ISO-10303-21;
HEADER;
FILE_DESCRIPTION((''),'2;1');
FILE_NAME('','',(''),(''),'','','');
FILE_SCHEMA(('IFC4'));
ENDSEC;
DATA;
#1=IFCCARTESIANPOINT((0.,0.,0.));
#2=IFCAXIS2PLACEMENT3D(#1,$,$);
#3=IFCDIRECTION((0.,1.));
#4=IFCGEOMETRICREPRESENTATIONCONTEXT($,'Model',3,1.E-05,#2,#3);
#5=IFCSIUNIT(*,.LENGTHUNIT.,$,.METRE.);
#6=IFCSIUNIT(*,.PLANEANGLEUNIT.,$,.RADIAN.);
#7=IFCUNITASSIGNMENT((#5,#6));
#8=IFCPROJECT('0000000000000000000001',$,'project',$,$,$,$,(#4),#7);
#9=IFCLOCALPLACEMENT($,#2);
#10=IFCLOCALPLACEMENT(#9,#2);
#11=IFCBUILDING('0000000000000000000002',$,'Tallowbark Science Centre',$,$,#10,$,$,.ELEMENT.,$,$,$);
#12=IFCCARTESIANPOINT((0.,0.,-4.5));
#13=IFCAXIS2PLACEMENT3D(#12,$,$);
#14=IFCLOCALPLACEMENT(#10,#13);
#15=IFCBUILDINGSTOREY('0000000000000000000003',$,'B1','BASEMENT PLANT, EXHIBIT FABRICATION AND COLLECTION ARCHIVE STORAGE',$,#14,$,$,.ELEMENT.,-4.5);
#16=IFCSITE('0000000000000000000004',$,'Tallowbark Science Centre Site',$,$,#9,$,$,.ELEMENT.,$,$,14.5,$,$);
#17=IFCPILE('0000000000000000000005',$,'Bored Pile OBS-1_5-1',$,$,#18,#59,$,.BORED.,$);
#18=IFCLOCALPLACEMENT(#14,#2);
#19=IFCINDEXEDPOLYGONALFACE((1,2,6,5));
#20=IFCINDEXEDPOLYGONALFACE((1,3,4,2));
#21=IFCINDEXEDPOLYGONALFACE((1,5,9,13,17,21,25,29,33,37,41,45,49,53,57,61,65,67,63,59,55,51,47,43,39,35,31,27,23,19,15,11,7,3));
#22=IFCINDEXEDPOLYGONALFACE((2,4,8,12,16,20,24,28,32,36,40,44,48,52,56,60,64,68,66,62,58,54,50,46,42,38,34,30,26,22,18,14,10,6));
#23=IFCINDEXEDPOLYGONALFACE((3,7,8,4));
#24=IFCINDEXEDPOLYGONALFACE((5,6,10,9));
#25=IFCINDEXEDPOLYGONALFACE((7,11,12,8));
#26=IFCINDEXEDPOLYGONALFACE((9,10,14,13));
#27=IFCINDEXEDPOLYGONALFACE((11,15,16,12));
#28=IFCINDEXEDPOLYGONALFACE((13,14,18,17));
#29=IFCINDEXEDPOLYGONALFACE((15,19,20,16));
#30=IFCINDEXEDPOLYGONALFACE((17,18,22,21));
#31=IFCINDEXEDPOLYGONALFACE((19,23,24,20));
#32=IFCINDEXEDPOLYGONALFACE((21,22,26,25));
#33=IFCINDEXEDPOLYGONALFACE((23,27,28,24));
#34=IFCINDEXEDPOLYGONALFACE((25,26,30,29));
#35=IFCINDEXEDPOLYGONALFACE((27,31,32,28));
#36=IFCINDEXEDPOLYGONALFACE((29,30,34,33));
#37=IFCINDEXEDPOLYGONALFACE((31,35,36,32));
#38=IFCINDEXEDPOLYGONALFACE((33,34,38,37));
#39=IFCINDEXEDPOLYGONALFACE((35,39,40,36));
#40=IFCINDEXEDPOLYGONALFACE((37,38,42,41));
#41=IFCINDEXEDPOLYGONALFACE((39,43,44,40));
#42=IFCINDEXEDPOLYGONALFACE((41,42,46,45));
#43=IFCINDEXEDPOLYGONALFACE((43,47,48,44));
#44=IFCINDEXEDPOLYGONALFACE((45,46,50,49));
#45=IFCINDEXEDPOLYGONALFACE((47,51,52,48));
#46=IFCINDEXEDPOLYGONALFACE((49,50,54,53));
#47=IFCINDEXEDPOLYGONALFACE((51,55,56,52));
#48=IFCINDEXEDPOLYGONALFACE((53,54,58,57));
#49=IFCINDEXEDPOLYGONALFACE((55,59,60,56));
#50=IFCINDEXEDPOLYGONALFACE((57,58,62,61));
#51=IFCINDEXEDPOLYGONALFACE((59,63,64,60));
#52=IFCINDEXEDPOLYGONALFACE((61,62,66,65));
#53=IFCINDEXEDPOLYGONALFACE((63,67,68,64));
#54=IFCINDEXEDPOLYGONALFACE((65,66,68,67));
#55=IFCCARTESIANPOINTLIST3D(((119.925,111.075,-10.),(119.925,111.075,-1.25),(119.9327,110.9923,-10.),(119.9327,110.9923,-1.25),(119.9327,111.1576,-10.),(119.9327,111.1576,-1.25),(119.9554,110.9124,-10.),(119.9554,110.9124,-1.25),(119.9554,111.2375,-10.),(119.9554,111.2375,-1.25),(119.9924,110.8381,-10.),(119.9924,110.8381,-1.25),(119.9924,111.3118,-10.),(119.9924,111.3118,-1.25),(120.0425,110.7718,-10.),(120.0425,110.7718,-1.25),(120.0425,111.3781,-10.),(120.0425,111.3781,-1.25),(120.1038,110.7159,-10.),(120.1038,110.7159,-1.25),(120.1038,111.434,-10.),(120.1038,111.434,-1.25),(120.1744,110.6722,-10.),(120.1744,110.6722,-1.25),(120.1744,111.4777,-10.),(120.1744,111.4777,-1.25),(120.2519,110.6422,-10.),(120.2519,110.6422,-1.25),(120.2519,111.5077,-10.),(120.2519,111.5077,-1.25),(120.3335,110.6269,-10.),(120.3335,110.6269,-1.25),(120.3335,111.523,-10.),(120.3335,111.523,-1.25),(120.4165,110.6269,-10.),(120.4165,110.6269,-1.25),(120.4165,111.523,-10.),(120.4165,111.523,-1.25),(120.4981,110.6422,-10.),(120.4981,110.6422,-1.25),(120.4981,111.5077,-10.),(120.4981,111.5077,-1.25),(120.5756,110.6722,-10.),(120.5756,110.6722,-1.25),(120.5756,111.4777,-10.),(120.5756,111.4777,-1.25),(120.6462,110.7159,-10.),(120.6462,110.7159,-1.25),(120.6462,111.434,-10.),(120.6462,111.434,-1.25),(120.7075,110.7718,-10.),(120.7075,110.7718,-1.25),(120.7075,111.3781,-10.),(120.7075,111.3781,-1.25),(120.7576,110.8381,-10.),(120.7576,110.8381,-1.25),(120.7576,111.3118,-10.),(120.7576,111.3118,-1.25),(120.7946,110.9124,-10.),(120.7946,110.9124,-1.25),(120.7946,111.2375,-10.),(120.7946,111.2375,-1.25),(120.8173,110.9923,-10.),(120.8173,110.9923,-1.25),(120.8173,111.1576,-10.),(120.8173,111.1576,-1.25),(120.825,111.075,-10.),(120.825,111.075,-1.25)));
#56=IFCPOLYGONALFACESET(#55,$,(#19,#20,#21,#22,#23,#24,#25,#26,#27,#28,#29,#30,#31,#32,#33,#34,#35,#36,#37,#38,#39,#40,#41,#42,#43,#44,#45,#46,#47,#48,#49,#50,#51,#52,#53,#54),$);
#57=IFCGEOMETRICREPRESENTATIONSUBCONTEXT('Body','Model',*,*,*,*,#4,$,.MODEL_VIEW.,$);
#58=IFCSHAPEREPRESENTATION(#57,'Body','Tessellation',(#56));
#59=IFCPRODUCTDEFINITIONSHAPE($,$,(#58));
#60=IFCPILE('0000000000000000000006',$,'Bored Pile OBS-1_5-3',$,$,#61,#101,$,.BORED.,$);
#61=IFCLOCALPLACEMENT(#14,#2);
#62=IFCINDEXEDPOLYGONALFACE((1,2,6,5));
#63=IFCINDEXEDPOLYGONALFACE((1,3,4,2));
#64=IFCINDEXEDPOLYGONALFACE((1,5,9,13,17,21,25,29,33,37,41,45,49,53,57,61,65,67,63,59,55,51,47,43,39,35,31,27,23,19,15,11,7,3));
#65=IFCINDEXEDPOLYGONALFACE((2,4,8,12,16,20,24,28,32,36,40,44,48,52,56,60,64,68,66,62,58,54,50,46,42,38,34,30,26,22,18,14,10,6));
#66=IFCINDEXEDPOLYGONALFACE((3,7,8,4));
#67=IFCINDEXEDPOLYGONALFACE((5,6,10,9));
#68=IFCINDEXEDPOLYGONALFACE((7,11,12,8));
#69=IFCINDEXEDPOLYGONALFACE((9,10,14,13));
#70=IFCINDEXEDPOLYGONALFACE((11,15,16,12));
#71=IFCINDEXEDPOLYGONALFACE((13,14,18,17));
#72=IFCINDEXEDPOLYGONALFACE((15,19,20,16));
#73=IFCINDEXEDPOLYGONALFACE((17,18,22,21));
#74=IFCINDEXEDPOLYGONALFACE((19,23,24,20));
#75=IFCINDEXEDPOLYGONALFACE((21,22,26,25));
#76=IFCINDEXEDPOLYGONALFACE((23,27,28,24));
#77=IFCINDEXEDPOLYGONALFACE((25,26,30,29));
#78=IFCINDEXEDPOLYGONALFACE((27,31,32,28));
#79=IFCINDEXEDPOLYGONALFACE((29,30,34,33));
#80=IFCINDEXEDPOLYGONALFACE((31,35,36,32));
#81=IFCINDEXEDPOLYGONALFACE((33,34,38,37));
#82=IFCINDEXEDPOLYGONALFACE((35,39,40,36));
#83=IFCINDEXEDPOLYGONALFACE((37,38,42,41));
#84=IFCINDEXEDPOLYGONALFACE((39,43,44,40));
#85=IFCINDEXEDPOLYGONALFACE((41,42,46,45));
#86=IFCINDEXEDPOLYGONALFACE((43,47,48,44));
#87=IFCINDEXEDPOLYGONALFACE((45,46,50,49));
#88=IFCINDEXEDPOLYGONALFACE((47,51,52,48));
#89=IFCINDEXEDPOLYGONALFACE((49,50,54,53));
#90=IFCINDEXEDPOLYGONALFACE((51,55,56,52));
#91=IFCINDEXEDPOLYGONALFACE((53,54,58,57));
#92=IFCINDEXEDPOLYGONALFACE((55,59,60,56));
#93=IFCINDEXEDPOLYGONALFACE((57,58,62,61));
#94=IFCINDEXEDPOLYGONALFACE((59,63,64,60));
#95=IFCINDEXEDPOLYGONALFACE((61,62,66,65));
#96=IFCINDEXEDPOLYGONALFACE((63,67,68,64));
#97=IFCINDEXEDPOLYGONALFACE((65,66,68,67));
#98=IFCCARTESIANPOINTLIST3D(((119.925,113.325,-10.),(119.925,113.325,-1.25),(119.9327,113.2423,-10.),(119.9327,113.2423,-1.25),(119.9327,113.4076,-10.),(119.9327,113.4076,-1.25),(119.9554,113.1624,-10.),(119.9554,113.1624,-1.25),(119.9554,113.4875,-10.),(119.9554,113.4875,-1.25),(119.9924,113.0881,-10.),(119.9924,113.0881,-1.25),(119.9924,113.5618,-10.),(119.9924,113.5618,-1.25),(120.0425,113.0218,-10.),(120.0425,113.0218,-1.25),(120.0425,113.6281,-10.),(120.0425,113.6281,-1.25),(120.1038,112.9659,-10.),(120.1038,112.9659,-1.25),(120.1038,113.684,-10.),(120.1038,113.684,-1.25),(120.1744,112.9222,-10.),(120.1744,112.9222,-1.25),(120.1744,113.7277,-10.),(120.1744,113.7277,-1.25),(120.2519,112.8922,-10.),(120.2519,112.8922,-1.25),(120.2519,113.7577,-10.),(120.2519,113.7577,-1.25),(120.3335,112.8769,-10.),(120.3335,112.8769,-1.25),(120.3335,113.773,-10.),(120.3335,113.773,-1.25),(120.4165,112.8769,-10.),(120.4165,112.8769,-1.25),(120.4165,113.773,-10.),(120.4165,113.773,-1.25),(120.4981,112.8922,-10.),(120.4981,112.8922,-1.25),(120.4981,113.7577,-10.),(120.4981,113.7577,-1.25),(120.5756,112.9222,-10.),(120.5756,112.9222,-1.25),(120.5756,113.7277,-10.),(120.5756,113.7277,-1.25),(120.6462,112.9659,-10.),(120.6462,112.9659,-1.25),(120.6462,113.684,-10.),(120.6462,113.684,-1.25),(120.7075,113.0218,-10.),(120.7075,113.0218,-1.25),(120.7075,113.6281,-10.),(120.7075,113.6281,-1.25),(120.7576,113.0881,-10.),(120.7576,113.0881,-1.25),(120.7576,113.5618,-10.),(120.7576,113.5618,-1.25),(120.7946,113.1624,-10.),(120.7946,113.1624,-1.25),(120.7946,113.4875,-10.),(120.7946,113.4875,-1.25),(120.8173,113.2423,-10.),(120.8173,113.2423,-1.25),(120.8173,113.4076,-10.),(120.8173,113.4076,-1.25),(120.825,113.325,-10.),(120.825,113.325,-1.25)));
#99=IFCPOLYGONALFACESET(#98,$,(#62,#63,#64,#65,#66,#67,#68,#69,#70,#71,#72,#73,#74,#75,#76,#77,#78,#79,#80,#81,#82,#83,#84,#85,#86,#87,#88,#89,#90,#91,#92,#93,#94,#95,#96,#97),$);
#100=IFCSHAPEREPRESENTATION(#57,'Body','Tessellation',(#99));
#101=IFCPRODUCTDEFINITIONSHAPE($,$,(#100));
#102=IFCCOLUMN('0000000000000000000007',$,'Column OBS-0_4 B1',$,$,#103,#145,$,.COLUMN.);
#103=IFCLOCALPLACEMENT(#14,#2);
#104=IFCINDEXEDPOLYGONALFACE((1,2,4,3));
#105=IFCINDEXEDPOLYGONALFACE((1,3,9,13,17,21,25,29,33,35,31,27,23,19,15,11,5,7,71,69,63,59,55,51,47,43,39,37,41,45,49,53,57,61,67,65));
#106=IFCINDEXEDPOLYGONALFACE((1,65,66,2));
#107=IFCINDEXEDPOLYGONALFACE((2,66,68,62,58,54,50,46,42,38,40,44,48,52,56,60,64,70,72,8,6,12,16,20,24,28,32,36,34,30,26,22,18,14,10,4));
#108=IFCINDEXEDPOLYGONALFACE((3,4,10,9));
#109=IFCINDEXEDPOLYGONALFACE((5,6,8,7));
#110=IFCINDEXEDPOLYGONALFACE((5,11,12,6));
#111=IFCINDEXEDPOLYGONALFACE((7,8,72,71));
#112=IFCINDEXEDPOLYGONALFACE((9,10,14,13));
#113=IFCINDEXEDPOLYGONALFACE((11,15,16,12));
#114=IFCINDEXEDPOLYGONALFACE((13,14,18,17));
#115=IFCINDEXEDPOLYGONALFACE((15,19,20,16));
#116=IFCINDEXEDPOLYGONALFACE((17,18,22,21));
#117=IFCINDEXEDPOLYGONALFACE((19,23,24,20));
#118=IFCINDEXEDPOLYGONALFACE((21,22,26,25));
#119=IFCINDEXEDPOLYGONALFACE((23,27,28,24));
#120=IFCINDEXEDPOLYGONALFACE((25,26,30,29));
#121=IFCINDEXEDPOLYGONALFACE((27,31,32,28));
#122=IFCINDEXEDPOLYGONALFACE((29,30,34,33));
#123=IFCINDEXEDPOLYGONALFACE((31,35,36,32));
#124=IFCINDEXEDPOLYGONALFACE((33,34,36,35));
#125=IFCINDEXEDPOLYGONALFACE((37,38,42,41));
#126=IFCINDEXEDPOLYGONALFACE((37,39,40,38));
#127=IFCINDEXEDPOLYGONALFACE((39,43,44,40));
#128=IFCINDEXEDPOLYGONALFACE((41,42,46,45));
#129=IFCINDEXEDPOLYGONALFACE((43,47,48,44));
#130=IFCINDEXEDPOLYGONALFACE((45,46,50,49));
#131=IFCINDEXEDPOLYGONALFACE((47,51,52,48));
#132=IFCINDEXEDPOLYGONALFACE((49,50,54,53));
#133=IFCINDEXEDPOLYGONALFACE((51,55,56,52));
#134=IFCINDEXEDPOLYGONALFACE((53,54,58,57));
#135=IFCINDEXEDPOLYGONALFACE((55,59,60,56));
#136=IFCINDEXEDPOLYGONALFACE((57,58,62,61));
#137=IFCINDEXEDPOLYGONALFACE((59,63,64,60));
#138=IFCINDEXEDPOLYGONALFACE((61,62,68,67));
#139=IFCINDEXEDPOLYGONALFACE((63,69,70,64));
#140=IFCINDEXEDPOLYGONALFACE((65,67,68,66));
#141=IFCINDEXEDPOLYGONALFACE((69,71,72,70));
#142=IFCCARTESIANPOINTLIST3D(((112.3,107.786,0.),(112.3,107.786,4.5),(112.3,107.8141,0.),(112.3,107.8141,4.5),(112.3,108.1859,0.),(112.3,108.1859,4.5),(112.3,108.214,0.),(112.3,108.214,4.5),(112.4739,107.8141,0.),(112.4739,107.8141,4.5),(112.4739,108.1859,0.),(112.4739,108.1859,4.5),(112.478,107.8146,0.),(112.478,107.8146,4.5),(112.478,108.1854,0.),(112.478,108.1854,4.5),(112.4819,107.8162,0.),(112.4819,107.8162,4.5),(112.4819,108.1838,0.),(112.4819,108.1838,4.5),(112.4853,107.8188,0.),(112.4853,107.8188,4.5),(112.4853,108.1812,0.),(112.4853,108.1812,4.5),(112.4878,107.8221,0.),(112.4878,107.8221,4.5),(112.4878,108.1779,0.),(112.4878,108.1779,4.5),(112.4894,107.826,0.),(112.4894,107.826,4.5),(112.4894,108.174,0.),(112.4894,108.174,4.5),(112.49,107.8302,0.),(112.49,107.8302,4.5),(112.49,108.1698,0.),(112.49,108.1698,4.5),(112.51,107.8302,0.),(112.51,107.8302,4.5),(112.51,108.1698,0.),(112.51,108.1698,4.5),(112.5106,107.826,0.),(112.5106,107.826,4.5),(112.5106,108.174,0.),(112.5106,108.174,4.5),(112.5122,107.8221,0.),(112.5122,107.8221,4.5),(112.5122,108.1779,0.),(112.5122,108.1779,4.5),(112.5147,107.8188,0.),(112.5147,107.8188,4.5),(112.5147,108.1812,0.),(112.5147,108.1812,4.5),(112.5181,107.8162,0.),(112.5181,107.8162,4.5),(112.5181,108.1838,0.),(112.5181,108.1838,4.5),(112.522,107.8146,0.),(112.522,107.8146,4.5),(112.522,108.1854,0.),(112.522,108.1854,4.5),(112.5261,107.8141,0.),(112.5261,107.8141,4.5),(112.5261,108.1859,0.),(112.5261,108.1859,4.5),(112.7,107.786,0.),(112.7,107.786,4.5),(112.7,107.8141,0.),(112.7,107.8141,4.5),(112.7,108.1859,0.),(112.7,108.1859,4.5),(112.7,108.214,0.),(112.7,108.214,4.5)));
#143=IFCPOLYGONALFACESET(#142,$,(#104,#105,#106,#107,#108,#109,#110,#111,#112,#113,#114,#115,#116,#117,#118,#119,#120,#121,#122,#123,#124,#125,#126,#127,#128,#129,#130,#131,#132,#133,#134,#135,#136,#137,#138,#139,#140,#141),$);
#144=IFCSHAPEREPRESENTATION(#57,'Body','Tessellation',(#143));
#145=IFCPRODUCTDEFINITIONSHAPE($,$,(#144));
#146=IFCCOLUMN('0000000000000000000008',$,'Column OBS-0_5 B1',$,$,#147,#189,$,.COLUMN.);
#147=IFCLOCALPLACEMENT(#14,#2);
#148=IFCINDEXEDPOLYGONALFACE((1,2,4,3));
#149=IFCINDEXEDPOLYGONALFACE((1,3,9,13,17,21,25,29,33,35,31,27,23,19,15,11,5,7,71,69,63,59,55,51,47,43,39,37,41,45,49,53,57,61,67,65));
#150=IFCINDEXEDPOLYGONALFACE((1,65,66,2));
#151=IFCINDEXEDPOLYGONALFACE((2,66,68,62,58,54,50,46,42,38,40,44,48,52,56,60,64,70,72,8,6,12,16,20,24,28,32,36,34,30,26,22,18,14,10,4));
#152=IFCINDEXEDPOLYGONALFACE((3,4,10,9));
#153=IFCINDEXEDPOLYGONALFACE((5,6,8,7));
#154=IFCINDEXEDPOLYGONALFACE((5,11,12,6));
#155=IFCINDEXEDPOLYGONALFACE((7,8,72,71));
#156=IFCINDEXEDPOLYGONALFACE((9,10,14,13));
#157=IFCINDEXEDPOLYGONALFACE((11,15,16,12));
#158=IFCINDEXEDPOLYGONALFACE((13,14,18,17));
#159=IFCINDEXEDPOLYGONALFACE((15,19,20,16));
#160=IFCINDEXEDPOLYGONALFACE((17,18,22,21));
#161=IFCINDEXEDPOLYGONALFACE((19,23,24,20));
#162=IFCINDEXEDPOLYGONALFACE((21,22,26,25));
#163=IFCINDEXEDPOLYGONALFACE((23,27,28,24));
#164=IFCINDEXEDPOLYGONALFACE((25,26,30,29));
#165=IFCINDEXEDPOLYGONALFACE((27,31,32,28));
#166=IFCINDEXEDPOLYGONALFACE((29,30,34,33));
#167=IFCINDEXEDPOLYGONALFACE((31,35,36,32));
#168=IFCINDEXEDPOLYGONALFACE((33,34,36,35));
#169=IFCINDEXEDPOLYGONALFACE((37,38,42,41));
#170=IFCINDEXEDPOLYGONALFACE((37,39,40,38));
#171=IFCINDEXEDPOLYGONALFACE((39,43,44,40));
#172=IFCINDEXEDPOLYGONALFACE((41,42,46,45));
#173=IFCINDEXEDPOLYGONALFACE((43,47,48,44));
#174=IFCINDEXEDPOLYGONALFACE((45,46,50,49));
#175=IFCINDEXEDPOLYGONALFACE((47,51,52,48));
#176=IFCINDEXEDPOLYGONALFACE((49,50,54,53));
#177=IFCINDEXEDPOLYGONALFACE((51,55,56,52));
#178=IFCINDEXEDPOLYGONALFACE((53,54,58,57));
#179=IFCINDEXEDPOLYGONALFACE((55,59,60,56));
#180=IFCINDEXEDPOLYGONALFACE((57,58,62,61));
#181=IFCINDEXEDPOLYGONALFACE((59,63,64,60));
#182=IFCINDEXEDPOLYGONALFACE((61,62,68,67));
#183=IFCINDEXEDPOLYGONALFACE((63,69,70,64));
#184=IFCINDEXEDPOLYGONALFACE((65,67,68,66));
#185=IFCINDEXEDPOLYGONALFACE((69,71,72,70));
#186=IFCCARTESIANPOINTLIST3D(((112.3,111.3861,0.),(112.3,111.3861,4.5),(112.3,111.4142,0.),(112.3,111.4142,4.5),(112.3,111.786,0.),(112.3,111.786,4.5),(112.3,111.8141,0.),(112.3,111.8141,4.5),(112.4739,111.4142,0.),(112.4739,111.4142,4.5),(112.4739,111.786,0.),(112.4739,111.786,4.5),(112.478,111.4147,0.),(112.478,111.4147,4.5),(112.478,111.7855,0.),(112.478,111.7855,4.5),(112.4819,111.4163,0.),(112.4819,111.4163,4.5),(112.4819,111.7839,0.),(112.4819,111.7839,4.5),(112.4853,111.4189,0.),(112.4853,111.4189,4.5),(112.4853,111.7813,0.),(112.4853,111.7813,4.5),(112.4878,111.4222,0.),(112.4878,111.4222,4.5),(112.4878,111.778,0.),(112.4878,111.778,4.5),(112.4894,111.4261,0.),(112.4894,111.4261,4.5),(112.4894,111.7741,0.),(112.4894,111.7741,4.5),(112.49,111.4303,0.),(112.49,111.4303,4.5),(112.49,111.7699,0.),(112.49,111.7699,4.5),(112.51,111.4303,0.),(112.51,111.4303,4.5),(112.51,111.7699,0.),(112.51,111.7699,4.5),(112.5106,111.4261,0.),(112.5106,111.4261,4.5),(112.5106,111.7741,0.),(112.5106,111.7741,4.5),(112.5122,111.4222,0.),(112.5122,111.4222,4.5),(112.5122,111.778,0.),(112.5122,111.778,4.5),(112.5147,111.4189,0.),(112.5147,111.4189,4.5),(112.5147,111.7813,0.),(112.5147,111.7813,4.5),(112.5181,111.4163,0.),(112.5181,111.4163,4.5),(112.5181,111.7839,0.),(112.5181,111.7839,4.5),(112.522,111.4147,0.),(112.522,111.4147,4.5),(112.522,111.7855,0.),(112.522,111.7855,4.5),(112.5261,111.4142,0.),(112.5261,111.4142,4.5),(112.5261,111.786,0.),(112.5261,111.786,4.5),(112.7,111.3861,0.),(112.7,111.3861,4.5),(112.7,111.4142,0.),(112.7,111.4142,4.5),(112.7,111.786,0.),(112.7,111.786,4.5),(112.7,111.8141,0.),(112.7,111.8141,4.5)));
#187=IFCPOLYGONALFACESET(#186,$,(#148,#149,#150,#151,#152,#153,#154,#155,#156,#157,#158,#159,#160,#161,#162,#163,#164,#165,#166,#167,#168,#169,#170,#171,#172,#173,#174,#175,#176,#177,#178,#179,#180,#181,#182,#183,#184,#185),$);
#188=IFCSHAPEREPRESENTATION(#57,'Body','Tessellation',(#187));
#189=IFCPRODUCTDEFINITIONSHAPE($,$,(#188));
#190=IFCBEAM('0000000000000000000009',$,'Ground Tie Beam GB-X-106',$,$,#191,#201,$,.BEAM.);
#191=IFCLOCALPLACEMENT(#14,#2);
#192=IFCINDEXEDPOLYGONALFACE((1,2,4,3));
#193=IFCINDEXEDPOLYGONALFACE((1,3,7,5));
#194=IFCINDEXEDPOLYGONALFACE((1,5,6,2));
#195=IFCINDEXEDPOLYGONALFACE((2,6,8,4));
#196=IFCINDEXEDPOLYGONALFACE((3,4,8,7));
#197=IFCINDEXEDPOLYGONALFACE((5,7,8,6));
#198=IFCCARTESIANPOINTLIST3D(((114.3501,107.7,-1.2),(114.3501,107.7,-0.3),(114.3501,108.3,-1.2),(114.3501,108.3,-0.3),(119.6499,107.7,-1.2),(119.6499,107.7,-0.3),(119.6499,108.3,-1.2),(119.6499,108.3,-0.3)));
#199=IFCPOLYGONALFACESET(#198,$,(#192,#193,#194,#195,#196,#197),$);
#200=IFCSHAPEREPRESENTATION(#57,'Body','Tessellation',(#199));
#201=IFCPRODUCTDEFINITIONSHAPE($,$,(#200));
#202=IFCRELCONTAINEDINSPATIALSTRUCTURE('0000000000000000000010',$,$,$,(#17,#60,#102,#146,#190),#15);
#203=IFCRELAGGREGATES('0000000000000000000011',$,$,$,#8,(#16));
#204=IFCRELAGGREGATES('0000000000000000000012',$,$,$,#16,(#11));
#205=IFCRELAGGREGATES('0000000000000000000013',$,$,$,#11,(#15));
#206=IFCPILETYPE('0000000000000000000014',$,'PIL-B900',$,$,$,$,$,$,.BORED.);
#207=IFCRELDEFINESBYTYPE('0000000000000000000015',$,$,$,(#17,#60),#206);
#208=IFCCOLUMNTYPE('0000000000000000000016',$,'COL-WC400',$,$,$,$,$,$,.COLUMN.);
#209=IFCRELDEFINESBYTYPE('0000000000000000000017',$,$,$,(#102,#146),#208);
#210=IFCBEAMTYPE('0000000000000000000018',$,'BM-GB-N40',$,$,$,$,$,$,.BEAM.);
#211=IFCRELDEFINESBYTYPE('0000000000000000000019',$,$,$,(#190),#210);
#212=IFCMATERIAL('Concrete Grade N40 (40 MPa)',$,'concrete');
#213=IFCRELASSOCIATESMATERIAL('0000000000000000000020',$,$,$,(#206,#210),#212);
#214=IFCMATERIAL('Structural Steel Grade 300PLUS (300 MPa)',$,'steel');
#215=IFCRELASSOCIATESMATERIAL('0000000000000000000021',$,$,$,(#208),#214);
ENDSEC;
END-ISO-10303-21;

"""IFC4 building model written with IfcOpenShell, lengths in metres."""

from ifc_helpers import new_model, si_unit, direction, frame, origin, origin_2d, place, context, subcontext, project, spatial, rectangle, circle, i_section, extrude, material, material_profile, profile_set, type_object, element, save


model = new_model("IFC4")

# Units and contexts
model_context = context("Model", 3, precision=1e-05, world=origin(), true_north=direction((0.0, 1.0)))
body_context = subcontext(model_context, "Body", "Model", "MODEL_VIEW")
ifc_project = project(units=[si_unit("LENGTHUNIT", "METRE"), si_unit("PLANEANGLEUNIT", "RADIAN")], contexts=[model_context])

# Site, building, storey
site_placement = place(None, origin())
site = spatial("IfcSite", under=ifc_project, at=site_placement, Name="Tallowbark Science Centre Site", CompositionType="ELEMENT", RefElevation=14.5)
building_placement = place(site_placement, origin())
building = spatial("IfcBuilding", under=site, at=building_placement, Name="Tallowbark Science Centre", CompositionType="ELEMENT")
storey_placement = place(building_placement, frame((0.0, 0.0, -4.5)))
storey = spatial("IfcBuildingStorey", under=building, at=storey_placement, Name="B1", Description="BASEMENT PLANT, EXHIBIT FABRICATION AND COLLECTION ARCHIVE STORAGE", CompositionType="ELEMENT", Elevation=-4.5)

# Shared definitions
ifc_material_1 = material(Name="Concrete Grade N40 (40 MPa)", Category="concrete")

# Piles
ifc_material_profile_1 = material_profile(ifc_material_1, circle(Radius=0.45, at=origin_2d()), Name="PILE900")
ifc_profile_set_1 = profile_set([ifc_material_profile_1], Name="Concrete Grade N40 (40 MPa)")
pile_type_1 = type_object("IfcPileType", Name="PIL-B900", PredefinedType="BORED", material=ifc_profile_set_1)
for number, where, z_axis, x_axis, name in (
    (1, (120.375, 111.075, -1.25), (0.0, 0.0, -1.0), (1.0, 0.0, 0.0), "Bored Pile OBS-1_5-1"),
    (2, (120.375, 113.325, -1.25), (0.0, 0.0, -1.0), (1.0, 0.0, 0.0), "Bored Pile OBS-1_5-3"),
):
    element("IfcPile", number, at=place(storey_placement, frame(where, z_axis=z_axis, x_axis=x_axis)), inside=storey, type_object=pile_type_1, Name=name, PredefinedType="BORED", context=body_context, shape_type="SweptSolid", body=[
        extrude(circle(Radius=0.45, at=origin_2d()), origin(), (0.0, 0.0, 1.0), 8.75),
    ])

# Columns
ifc_material_2 = material(Name="Structural Steel Grade 300PLUS (300 MPa)", Category="steel")
ifc_material_profile_2 = material_profile(ifc_material_2, i_section(OverallWidth=0.3999, OverallDepth=0.428, WebThickness=0.02, FlangeThickness=0.0281, FilletRadius=0.0161, at=origin_2d()), Name="400WC270")
ifc_profile_set_2 = profile_set([ifc_material_profile_2], Name="Structural Steel Grade 300PLUS (300 MPa)")
column_type = type_object("IfcColumnType", Name="COL-WC400", PredefinedType="COLUMN", material=ifc_profile_set_2)
for number, where, z_axis, x_axis, name in (
    (3, (112.5, 108.0, 0.0), (0.0, 0.0, 1.0), (1.0, 0.0, 0.0), "Column OBS-0_4 B1"),
    (4, (112.5, 111.6001, 0.0), (0.0, 0.0, 1.0), (1.0, 0.0, 0.0), "Column OBS-0_5 B1"),
):
    element("IfcColumn", number, at=place(storey_placement, frame(where, z_axis=z_axis, x_axis=x_axis)), inside=storey, type_object=column_type, Name=name, PredefinedType="COLUMN", context=body_context, shape_type="SweptSolid", body=[
        extrude(i_section(OverallWidth=0.3999, OverallDepth=0.428, WebThickness=0.02, FlangeThickness=0.0281, FilletRadius=0.0161, at=origin_2d()), origin(), (0.0, 0.0, 1.0), 4.5),
    ])

# Beam
ifc_material_profile_3 = material_profile(ifc_material_1, rectangle(XDim=0.6001, YDim=0.8999, at=origin_2d()), Name="RC600x900")
ifc_profile_set_3 = profile_set([ifc_material_profile_3], Name="Concrete Grade N40 (40 MPa)")
beam_type = type_object("IfcBeamType", Name="BM-GB-N40", PredefinedType="BEAM", material=ifc_profile_set_3)
beam_1_placement = place(storey_placement, frame((114.3501, 108.0, -0.75), z_axis=(1.0, 0.0, 0.0), x_axis=(0.0, 1.0, 0.0)))
element("IfcBeam", 5, at=beam_1_placement, inside=storey, type_object=beam_type, Name="Ground Tie Beam GB-X-106", PredefinedType="BEAM", context=body_context, shape_type="SweptSolid", body=[
    extrude(rectangle(XDim=0.6001, YDim=0.8999, at=origin_2d()), origin(), (0.0, 0.0, 1.0), 5.2998),
])

save(model, "model.ifc")
